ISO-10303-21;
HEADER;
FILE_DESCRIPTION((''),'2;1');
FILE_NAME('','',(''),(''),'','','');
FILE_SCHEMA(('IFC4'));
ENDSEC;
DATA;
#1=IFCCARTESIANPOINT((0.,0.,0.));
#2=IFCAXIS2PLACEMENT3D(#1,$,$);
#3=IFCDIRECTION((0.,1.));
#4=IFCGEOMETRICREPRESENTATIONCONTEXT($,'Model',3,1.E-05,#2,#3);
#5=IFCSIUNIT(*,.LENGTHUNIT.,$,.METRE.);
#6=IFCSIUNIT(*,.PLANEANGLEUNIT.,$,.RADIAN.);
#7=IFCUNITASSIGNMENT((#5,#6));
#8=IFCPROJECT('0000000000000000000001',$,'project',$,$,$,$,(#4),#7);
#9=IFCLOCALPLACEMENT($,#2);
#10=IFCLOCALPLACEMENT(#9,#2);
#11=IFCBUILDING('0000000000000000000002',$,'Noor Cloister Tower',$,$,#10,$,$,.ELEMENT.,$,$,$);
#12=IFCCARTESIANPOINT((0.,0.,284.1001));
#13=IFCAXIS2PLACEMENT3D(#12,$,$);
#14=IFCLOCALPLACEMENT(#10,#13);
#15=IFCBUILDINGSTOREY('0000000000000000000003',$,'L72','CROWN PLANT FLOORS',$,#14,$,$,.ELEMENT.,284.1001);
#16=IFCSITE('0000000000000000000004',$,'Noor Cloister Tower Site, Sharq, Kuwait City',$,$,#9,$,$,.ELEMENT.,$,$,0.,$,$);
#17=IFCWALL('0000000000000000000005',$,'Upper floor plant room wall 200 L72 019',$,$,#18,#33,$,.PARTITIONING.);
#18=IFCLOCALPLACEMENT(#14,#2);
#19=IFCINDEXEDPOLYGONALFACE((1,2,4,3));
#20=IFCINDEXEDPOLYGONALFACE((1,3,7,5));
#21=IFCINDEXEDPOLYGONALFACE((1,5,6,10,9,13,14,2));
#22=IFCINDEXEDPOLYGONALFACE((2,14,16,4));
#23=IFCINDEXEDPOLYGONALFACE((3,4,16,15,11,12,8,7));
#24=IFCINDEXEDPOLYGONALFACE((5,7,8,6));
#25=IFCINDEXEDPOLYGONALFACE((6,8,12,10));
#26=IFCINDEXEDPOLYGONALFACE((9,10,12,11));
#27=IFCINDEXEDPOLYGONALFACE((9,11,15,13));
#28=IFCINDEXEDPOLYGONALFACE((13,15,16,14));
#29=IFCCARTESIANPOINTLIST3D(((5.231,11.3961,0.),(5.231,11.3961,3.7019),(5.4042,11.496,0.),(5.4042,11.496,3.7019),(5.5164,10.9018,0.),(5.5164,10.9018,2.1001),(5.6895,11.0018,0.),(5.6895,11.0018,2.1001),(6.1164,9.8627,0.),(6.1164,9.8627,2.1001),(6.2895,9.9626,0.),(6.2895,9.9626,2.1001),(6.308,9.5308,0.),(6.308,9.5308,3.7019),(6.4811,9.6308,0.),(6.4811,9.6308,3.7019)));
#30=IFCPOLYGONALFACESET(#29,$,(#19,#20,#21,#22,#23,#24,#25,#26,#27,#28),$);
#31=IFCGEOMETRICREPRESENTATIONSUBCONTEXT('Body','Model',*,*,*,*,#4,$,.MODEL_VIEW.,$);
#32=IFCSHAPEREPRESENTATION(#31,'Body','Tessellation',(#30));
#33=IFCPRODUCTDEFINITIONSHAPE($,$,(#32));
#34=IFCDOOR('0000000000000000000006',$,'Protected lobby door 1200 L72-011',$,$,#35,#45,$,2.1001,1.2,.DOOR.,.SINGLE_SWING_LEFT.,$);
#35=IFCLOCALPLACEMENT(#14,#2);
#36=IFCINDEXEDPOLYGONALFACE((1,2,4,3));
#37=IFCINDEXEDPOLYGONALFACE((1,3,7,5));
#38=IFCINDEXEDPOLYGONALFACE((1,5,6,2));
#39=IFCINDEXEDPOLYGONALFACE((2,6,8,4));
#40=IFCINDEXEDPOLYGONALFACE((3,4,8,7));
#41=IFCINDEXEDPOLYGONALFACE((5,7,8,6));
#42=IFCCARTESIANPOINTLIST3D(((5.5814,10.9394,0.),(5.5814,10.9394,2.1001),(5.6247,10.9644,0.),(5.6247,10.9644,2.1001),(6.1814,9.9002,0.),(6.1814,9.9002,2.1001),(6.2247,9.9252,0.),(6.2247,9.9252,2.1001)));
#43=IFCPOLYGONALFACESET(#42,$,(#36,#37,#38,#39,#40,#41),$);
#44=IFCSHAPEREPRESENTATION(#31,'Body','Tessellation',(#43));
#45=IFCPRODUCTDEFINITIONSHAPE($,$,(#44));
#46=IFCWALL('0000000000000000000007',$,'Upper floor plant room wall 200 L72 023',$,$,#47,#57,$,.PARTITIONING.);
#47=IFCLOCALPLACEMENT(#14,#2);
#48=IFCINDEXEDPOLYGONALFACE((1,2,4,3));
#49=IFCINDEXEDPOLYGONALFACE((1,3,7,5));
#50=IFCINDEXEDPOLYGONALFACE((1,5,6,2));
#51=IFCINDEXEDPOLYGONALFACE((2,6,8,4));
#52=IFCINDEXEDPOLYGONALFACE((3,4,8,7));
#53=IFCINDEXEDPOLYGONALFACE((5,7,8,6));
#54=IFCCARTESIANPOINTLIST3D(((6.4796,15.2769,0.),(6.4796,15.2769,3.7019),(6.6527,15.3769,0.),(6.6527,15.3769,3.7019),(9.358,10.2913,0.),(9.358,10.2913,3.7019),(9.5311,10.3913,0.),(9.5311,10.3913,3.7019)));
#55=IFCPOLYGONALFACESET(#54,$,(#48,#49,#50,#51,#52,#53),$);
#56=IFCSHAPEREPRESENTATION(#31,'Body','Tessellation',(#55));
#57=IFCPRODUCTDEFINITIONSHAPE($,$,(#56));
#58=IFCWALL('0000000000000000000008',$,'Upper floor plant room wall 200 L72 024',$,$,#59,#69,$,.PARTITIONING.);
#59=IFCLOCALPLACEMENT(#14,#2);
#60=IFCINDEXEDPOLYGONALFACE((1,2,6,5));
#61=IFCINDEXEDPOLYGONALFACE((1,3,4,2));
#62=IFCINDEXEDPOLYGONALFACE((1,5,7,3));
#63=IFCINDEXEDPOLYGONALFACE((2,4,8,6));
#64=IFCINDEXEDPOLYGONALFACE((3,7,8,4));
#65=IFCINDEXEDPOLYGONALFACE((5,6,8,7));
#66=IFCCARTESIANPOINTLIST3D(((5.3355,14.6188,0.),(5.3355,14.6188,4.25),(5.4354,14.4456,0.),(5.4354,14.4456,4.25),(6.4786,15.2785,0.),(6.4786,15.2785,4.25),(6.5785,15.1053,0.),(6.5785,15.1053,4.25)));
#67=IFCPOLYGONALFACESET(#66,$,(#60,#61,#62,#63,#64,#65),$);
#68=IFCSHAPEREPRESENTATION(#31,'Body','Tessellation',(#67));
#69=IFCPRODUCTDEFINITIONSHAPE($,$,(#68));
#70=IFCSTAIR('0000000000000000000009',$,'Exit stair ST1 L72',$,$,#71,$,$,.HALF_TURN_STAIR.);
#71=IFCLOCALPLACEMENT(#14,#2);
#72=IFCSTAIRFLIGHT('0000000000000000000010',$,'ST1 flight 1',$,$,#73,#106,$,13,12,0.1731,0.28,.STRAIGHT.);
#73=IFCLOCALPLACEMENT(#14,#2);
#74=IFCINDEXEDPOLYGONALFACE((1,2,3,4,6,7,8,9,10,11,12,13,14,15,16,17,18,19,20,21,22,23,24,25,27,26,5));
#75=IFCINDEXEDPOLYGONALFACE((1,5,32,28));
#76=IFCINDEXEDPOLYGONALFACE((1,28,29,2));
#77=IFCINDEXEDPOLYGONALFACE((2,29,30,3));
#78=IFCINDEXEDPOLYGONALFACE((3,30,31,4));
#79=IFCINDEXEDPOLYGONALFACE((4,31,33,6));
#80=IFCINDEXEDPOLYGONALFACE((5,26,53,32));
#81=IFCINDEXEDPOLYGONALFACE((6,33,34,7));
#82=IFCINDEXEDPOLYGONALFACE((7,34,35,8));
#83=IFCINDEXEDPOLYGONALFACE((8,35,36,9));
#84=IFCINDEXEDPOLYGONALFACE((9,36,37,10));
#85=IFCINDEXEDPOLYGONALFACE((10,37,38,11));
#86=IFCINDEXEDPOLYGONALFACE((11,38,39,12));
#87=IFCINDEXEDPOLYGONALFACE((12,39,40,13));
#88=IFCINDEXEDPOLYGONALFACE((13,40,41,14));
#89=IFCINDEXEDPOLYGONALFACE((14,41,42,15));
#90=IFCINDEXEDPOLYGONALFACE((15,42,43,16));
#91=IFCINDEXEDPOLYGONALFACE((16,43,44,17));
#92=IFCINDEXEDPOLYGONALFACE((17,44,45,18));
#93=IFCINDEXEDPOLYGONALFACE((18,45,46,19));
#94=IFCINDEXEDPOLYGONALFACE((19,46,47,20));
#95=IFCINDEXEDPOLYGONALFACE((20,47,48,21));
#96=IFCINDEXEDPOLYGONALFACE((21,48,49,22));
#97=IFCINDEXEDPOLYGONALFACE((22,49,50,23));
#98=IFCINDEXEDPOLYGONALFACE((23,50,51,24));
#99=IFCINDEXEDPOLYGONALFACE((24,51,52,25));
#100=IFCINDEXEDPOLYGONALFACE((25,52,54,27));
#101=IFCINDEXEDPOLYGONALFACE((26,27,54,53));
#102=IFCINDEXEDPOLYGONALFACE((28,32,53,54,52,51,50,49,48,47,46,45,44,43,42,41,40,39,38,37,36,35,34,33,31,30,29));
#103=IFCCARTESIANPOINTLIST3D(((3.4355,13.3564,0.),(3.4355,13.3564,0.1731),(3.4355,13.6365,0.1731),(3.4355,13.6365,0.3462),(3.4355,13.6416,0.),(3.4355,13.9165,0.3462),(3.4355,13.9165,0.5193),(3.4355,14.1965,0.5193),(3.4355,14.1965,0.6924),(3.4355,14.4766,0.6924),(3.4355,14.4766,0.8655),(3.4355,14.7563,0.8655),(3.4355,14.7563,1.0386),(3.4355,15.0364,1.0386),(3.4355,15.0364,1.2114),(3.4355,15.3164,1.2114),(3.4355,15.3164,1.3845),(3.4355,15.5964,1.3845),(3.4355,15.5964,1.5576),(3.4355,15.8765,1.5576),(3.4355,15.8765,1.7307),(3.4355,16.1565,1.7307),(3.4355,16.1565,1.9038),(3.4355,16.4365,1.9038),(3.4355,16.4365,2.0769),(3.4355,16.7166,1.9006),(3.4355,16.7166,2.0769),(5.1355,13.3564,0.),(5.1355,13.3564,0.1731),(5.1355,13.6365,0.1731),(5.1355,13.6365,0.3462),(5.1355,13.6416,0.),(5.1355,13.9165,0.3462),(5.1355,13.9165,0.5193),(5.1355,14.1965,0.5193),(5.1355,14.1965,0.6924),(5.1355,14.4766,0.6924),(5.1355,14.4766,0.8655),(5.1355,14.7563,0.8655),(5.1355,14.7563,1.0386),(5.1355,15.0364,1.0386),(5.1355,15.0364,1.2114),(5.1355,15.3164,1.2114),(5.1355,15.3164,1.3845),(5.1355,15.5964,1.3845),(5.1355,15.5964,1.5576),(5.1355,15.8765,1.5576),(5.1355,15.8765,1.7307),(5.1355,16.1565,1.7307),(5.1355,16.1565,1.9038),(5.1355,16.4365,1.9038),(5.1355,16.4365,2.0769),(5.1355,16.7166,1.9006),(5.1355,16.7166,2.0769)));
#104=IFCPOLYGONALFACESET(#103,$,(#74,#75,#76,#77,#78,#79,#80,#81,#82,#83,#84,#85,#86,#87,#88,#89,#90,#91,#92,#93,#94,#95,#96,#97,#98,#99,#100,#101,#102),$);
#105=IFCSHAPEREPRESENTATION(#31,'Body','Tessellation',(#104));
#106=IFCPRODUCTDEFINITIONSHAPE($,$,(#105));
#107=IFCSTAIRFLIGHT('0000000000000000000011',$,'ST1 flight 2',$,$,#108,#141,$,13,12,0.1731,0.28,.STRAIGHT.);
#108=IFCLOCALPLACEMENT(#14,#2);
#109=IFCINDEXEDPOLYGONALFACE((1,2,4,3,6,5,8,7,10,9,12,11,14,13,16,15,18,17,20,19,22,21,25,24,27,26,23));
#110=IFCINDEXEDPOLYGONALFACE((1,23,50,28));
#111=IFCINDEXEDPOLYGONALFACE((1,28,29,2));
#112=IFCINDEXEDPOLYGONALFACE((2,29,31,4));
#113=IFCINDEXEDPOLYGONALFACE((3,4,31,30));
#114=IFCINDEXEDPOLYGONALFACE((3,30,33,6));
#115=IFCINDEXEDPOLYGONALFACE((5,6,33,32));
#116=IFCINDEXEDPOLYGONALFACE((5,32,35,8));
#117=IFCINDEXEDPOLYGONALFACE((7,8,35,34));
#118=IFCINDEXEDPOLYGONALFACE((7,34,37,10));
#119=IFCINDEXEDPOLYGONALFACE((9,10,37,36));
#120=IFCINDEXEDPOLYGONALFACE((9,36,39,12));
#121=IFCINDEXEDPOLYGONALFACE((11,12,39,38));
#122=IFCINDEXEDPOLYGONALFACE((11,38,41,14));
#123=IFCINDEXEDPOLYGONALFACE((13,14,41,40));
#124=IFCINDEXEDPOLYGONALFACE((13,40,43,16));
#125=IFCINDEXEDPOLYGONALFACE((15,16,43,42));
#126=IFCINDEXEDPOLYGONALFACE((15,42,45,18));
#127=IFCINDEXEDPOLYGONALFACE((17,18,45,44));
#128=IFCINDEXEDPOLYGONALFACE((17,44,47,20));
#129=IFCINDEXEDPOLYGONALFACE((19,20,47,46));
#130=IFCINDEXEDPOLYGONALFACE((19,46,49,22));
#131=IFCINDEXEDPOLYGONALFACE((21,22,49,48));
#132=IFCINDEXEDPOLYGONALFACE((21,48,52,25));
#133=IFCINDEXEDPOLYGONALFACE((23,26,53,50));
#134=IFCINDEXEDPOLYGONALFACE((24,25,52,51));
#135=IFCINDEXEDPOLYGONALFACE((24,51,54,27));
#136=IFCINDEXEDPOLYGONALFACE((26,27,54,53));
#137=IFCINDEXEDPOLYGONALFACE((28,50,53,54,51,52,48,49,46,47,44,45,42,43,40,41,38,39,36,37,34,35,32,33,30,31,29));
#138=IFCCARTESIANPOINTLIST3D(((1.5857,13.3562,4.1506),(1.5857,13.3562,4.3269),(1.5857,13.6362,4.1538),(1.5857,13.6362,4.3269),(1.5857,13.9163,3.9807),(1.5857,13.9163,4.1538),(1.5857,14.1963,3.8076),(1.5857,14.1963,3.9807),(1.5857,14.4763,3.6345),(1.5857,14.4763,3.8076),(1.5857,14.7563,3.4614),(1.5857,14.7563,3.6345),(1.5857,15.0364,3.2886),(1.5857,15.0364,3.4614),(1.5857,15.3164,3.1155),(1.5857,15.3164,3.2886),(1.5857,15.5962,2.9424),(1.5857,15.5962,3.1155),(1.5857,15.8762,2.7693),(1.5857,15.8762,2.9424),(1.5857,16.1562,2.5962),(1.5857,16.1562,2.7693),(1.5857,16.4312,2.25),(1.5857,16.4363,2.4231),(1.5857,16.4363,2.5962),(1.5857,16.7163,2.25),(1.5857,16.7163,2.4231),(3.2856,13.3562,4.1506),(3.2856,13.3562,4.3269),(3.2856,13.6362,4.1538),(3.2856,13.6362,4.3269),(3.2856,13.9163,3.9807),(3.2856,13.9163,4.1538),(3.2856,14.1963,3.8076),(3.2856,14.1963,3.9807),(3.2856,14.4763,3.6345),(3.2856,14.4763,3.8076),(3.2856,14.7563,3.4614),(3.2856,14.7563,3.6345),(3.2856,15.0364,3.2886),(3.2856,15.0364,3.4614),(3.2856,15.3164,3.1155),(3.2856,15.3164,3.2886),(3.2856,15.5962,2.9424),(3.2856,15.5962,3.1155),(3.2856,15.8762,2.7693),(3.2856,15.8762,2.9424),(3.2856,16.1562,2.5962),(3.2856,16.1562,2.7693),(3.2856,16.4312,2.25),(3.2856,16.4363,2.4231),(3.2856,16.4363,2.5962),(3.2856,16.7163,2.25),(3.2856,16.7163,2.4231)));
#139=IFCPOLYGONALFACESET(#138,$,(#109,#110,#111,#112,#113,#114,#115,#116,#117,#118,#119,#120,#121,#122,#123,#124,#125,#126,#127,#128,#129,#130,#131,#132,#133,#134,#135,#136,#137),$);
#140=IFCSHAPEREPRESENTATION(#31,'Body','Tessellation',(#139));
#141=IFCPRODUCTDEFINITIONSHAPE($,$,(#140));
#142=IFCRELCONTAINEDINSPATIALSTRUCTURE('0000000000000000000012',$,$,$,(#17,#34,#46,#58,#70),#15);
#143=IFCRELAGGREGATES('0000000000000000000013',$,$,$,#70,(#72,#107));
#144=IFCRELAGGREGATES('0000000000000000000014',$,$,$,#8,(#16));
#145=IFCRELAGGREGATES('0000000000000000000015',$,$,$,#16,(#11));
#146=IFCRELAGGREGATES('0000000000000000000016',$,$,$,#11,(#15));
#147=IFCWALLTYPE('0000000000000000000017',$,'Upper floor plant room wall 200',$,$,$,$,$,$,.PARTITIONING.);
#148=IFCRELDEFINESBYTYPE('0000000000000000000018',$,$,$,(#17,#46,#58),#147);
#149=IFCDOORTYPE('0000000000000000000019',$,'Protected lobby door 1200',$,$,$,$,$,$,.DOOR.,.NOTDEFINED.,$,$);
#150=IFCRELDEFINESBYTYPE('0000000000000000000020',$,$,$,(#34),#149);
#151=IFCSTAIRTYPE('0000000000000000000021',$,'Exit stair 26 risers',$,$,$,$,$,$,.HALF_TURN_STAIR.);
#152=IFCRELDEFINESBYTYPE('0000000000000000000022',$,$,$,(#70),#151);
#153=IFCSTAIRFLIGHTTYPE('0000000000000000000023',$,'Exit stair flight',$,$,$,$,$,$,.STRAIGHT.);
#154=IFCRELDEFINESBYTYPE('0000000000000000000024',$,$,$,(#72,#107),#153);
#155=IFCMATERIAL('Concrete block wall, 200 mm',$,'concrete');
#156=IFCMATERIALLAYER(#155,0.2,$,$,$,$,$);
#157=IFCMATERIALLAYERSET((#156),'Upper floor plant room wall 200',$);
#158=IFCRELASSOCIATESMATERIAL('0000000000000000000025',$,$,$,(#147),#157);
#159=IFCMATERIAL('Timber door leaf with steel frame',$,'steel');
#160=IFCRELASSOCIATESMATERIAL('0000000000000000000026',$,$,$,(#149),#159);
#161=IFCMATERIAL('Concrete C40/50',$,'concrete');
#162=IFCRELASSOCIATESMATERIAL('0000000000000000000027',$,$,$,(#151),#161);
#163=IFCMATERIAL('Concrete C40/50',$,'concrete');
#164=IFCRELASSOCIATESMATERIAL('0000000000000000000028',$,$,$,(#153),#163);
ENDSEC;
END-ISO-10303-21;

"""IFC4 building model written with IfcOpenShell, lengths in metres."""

from ifc_helpers import new_model, si_unit, direction, frame, frame_2d, origin, place, context, subcontext, project, spatial, polyline, rectangle, outline, extrude, material, layer, layer_set, type_object, element, fill, aggregate, save


model = new_model("IFC4")

# Units and contexts
model_context = context("Model", 3, precision=1e-05, world=origin(), true_north=direction((0.0, 1.0)))
body_context = subcontext(model_context, "Body", "Model", "MODEL_VIEW")
ifc_project = project(units=[si_unit("LENGTHUNIT", "METRE"), si_unit("PLANEANGLEUNIT", "RADIAN")], contexts=[model_context])

# Site, building, storey
site_placement = place(None, origin())
site = spatial("IfcSite", under=ifc_project, at=site_placement, Name="Noor Cloister Tower Site, Sharq, Kuwait City", CompositionType="ELEMENT", RefElevation=0.0)
building_placement = place(site_placement, origin())
building = spatial("IfcBuilding", under=site, at=building_placement, Name="Noor Cloister Tower", CompositionType="ELEMENT")
storey_placement = place(building_placement, frame((0.0, 0.0, 284.1001)))
storey = spatial("IfcBuildingStorey", under=building, at=storey_placement, Name="L72", Description="CROWN PLANT FLOORS", CompositionType="ELEMENT", Elevation=284.1001)

# Shared definitions
ifc_material_1 = material(Name="Concrete block wall, 200 mm", Category="concrete")
ifc_layer_1 = layer(ifc_material_1, 0.2)
ifc_layer_set_1 = layer_set([ifc_layer_1], Name="Upper floor plant room wall 200")
wall_type_1 = type_object("IfcWallType", Name="Upper floor plant room wall 200", PredefinedType="PARTITIONING", material=ifc_layer_set_1)

# Wall, opening, door
wall_1_placement = place(storey_placement, frame((6.3945, 9.5808, 0.0), z_axis=(0.0, 0.0, 1.0), x_axis=(-0.500004, 0.866023, 0.0)))
wall_1 = element("IfcWall", 1, at=wall_1_placement, inside=storey, type_object=wall_type_1, Name="Upper floor plant room wall 200 L72 019", PredefinedType="PARTITIONING", context=body_context, shape_type="SweptSolid", body=[
    extrude(rectangle(XDim=2.1538, YDim=0.2, at=frame_2d((1.0769, 0.0))), origin(), (0.0, 0.0, 1.0), 3.7019),
])
opening_1_placement = place(wall_1_placement, frame((0.3831, 0.0, 0.0)))
opening_1 = element("IfcOpeningElement", 2, at=opening_1_placement, cuts=wall_1, PredefinedType="OPENING", context=body_context, shape_type="SweptSolid", body=[
    extrude(rectangle(XDim=1.2, YDim=2.1001, at=frame_2d((0.6001, 1.05))), frame((0.0, 0.1099, 0.0), z_axis=(0.0, -1.0, 0.0), x_axis=(1.0, 0.0, 0.0)), (0.0, 0.0, 1.0), 0.22),
])
ifc_material_2 = material(Name="Timber door leaf with steel frame", Category="steel")
door_type_1 = type_object("IfcDoorType", Name="Protected lobby door 1200", OperationType="NOTDEFINED", PredefinedType="DOOR", material=ifc_material_2)
door_1_placement = place(opening_1_placement, origin())
door_1 = element("IfcDoor", 3, at=door_1_placement, inside=storey, type_object=door_type_1, Name="Protected lobby door 1200 L72-011", OperationType="SINGLE_SWING_LEFT", OverallHeight=2.1001, OverallWidth=1.2, PredefinedType="DOOR", context=body_context, shape_type="SweptSolid", body=[
    extrude(rectangle(XDim=1.2, YDim=2.1001, at=frame_2d((0.6001, 1.05))), frame((0.0, 0.0249, 0.0), z_axis=(0.0, -1.0, 0.0), x_axis=(1.0, 0.0, 0.0)), (0.0, 0.0, 1.0), 0.05),
])
fill(opening_1, door_1)

# Walls
wall_2_placement = place(storey_placement, frame((6.5662, 15.3269, 0.0), z_axis=(0.0, 0.0, 1.0), x_axis=(0.499998, -0.866027, 0.0)))
element("IfcWall", 4, at=wall_2_placement, inside=storey, type_object=wall_type_1, Name="Upper floor plant room wall 200 L72 023", PredefinedType="PARTITIONING", context=body_context, shape_type="SweptSolid", body=[
    extrude(rectangle(XDim=5.7568, YDim=0.2, at=frame_2d((2.8784, 0.0))), origin(), (0.0, 0.0, 1.0), 3.7019),
])
wall_3_placement = place(storey_placement, frame((6.5286, 15.1919, 0.0), z_axis=(0.0, 0.0, 1.0), x_axis=(-0.866118, -0.49984, 0.0)))
element("IfcWall", 5, at=wall_3_placement, inside=storey, type_object=wall_type_1, Name="Upper floor plant room wall 200 L72 024", PredefinedType="PARTITIONING", context=body_context, shape_type="SweptSolid", body=[
    extrude(rectangle(XDim=1.3198, YDim=0.2, at=frame_2d((0.6599, 0.0))), origin(), (0.0, 0.0, 1.0), 4.25),
])

# Stair, stair flights
ifc_material_3 = material(Name="Concrete C40/50", Category="concrete")
stair_type = type_object("IfcStairType", Name="Exit stair 26 risers", PredefinedType="HALF_TURN_STAIR", material=ifc_material_3)
stair_placement = place(storey_placement, origin())
stair = element("IfcStair", 6, at=stair_placement, inside=storey, type_object=stair_type, Name="Exit stair ST1 L72", PredefinedType="HALF_TURN_STAIR")
ifc_material_4 = material(Name="Concrete C40/50", Category="concrete")
stair_flight_type = type_object("IfcStairFlightType", Name="Exit stair flight", PredefinedType="STRAIGHT", material=ifc_material_4)
stair_flight_1_placement = place(storey_placement, frame((4.2856, 13.3564, 0.0), z_axis=(0.0, 0.0, 1.0), x_axis=(0.0, 1.0, 0.0)))
stair_flight_1 = element("IfcStairFlight", 7, at=stair_flight_1_placement, type_object=stair_flight_type, Name="ST1 flight 1", NumberOfRisers=13, NumberOfTreads=12, PredefinedType="STRAIGHT", RiserHeight=0.1731, TreadLength=0.28, context=body_context, shape_type="SweptSolid", body=[
    extrude(outline(polyline([(0.0, 0.0), (0.0, 0.1731), (0.28, 0.1731), (0.28, 0.3462), (0.5601, 0.3462), (0.5601, 0.5193), (0.8401, 0.5193), (0.8401, 0.6924), (1.1201, 0.6924), (1.1201, 0.8655), (1.3999, 0.8655), (1.3999, 1.0386), (1.6799, 1.0386), (1.6799, 1.2114), (1.96, 1.2114), (1.96, 1.3845), (2.24, 1.3845), (2.24, 1.5576), (2.52, 1.5576), (2.52, 1.7307), (2.8, 1.7307), (2.8, 1.9038), (3.0801, 1.9038), (3.0801, 2.0769), (3.3601, 2.0769), (3.3601, 2.25), (3.3601, 1.9006), (0.2852, 0.0), (0.0, 0.0)])), frame((0.0, 0.8501, 0.0), z_axis=(0.0, -1.0, 0.0), x_axis=(1.0, 0.0, 0.0)), (0.0, 0.0, 1.0), 1.7),
])
stair_flight_2_placement = place(storey_placement, frame((2.4355, 16.7163, 2.25), z_axis=(0.0, 0.0, 1.0), x_axis=(0.0, -1.0, 0.0)))
stair_flight_2 = element("IfcStairFlight", 8, at=stair_flight_2_placement, type_object=stair_flight_type, Name="ST1 flight 2", NumberOfRisers=13, NumberOfTreads=12, PredefinedType="STRAIGHT", RiserHeight=0.1731, TreadLength=0.28, context=body_context, shape_type="SweptSolid", body=[
    extrude(outline(polyline([(0.0, 0.0), (0.0, 0.1731), (0.28, 0.1731), (0.28, 0.3462), (0.5601, 0.3462), (0.5601, 0.5193), (0.8401, 0.5193), (0.8401, 0.6924), (1.1201, 0.6924), (1.1201, 0.8655), (1.3999, 0.8655), (1.3999, 1.0386), (1.6799, 1.0386), (1.6799, 1.2114), (1.96, 1.2114), (1.96, 1.3845), (2.24, 1.3845), (2.24, 1.5576), (2.52, 1.5576), (2.52, 1.7307), (2.8, 1.7307), (2.8, 1.9038), (3.0801, 1.9038), (3.0801, 2.0769), (3.3601, 2.0769), (3.3601, 2.25), (3.3601, 1.9006), (0.2852, 0.0), (0.0, 0.0)])), frame((0.0, 0.8501, 0.0), z_axis=(0.0, -1.0, 0.0), x_axis=(1.0, 0.0, 0.0)), (0.0, 0.0, 1.0), 1.7),
])
aggregate(stair, [stair_flight_1, stair_flight_2])

save(model, "model.ifc")
